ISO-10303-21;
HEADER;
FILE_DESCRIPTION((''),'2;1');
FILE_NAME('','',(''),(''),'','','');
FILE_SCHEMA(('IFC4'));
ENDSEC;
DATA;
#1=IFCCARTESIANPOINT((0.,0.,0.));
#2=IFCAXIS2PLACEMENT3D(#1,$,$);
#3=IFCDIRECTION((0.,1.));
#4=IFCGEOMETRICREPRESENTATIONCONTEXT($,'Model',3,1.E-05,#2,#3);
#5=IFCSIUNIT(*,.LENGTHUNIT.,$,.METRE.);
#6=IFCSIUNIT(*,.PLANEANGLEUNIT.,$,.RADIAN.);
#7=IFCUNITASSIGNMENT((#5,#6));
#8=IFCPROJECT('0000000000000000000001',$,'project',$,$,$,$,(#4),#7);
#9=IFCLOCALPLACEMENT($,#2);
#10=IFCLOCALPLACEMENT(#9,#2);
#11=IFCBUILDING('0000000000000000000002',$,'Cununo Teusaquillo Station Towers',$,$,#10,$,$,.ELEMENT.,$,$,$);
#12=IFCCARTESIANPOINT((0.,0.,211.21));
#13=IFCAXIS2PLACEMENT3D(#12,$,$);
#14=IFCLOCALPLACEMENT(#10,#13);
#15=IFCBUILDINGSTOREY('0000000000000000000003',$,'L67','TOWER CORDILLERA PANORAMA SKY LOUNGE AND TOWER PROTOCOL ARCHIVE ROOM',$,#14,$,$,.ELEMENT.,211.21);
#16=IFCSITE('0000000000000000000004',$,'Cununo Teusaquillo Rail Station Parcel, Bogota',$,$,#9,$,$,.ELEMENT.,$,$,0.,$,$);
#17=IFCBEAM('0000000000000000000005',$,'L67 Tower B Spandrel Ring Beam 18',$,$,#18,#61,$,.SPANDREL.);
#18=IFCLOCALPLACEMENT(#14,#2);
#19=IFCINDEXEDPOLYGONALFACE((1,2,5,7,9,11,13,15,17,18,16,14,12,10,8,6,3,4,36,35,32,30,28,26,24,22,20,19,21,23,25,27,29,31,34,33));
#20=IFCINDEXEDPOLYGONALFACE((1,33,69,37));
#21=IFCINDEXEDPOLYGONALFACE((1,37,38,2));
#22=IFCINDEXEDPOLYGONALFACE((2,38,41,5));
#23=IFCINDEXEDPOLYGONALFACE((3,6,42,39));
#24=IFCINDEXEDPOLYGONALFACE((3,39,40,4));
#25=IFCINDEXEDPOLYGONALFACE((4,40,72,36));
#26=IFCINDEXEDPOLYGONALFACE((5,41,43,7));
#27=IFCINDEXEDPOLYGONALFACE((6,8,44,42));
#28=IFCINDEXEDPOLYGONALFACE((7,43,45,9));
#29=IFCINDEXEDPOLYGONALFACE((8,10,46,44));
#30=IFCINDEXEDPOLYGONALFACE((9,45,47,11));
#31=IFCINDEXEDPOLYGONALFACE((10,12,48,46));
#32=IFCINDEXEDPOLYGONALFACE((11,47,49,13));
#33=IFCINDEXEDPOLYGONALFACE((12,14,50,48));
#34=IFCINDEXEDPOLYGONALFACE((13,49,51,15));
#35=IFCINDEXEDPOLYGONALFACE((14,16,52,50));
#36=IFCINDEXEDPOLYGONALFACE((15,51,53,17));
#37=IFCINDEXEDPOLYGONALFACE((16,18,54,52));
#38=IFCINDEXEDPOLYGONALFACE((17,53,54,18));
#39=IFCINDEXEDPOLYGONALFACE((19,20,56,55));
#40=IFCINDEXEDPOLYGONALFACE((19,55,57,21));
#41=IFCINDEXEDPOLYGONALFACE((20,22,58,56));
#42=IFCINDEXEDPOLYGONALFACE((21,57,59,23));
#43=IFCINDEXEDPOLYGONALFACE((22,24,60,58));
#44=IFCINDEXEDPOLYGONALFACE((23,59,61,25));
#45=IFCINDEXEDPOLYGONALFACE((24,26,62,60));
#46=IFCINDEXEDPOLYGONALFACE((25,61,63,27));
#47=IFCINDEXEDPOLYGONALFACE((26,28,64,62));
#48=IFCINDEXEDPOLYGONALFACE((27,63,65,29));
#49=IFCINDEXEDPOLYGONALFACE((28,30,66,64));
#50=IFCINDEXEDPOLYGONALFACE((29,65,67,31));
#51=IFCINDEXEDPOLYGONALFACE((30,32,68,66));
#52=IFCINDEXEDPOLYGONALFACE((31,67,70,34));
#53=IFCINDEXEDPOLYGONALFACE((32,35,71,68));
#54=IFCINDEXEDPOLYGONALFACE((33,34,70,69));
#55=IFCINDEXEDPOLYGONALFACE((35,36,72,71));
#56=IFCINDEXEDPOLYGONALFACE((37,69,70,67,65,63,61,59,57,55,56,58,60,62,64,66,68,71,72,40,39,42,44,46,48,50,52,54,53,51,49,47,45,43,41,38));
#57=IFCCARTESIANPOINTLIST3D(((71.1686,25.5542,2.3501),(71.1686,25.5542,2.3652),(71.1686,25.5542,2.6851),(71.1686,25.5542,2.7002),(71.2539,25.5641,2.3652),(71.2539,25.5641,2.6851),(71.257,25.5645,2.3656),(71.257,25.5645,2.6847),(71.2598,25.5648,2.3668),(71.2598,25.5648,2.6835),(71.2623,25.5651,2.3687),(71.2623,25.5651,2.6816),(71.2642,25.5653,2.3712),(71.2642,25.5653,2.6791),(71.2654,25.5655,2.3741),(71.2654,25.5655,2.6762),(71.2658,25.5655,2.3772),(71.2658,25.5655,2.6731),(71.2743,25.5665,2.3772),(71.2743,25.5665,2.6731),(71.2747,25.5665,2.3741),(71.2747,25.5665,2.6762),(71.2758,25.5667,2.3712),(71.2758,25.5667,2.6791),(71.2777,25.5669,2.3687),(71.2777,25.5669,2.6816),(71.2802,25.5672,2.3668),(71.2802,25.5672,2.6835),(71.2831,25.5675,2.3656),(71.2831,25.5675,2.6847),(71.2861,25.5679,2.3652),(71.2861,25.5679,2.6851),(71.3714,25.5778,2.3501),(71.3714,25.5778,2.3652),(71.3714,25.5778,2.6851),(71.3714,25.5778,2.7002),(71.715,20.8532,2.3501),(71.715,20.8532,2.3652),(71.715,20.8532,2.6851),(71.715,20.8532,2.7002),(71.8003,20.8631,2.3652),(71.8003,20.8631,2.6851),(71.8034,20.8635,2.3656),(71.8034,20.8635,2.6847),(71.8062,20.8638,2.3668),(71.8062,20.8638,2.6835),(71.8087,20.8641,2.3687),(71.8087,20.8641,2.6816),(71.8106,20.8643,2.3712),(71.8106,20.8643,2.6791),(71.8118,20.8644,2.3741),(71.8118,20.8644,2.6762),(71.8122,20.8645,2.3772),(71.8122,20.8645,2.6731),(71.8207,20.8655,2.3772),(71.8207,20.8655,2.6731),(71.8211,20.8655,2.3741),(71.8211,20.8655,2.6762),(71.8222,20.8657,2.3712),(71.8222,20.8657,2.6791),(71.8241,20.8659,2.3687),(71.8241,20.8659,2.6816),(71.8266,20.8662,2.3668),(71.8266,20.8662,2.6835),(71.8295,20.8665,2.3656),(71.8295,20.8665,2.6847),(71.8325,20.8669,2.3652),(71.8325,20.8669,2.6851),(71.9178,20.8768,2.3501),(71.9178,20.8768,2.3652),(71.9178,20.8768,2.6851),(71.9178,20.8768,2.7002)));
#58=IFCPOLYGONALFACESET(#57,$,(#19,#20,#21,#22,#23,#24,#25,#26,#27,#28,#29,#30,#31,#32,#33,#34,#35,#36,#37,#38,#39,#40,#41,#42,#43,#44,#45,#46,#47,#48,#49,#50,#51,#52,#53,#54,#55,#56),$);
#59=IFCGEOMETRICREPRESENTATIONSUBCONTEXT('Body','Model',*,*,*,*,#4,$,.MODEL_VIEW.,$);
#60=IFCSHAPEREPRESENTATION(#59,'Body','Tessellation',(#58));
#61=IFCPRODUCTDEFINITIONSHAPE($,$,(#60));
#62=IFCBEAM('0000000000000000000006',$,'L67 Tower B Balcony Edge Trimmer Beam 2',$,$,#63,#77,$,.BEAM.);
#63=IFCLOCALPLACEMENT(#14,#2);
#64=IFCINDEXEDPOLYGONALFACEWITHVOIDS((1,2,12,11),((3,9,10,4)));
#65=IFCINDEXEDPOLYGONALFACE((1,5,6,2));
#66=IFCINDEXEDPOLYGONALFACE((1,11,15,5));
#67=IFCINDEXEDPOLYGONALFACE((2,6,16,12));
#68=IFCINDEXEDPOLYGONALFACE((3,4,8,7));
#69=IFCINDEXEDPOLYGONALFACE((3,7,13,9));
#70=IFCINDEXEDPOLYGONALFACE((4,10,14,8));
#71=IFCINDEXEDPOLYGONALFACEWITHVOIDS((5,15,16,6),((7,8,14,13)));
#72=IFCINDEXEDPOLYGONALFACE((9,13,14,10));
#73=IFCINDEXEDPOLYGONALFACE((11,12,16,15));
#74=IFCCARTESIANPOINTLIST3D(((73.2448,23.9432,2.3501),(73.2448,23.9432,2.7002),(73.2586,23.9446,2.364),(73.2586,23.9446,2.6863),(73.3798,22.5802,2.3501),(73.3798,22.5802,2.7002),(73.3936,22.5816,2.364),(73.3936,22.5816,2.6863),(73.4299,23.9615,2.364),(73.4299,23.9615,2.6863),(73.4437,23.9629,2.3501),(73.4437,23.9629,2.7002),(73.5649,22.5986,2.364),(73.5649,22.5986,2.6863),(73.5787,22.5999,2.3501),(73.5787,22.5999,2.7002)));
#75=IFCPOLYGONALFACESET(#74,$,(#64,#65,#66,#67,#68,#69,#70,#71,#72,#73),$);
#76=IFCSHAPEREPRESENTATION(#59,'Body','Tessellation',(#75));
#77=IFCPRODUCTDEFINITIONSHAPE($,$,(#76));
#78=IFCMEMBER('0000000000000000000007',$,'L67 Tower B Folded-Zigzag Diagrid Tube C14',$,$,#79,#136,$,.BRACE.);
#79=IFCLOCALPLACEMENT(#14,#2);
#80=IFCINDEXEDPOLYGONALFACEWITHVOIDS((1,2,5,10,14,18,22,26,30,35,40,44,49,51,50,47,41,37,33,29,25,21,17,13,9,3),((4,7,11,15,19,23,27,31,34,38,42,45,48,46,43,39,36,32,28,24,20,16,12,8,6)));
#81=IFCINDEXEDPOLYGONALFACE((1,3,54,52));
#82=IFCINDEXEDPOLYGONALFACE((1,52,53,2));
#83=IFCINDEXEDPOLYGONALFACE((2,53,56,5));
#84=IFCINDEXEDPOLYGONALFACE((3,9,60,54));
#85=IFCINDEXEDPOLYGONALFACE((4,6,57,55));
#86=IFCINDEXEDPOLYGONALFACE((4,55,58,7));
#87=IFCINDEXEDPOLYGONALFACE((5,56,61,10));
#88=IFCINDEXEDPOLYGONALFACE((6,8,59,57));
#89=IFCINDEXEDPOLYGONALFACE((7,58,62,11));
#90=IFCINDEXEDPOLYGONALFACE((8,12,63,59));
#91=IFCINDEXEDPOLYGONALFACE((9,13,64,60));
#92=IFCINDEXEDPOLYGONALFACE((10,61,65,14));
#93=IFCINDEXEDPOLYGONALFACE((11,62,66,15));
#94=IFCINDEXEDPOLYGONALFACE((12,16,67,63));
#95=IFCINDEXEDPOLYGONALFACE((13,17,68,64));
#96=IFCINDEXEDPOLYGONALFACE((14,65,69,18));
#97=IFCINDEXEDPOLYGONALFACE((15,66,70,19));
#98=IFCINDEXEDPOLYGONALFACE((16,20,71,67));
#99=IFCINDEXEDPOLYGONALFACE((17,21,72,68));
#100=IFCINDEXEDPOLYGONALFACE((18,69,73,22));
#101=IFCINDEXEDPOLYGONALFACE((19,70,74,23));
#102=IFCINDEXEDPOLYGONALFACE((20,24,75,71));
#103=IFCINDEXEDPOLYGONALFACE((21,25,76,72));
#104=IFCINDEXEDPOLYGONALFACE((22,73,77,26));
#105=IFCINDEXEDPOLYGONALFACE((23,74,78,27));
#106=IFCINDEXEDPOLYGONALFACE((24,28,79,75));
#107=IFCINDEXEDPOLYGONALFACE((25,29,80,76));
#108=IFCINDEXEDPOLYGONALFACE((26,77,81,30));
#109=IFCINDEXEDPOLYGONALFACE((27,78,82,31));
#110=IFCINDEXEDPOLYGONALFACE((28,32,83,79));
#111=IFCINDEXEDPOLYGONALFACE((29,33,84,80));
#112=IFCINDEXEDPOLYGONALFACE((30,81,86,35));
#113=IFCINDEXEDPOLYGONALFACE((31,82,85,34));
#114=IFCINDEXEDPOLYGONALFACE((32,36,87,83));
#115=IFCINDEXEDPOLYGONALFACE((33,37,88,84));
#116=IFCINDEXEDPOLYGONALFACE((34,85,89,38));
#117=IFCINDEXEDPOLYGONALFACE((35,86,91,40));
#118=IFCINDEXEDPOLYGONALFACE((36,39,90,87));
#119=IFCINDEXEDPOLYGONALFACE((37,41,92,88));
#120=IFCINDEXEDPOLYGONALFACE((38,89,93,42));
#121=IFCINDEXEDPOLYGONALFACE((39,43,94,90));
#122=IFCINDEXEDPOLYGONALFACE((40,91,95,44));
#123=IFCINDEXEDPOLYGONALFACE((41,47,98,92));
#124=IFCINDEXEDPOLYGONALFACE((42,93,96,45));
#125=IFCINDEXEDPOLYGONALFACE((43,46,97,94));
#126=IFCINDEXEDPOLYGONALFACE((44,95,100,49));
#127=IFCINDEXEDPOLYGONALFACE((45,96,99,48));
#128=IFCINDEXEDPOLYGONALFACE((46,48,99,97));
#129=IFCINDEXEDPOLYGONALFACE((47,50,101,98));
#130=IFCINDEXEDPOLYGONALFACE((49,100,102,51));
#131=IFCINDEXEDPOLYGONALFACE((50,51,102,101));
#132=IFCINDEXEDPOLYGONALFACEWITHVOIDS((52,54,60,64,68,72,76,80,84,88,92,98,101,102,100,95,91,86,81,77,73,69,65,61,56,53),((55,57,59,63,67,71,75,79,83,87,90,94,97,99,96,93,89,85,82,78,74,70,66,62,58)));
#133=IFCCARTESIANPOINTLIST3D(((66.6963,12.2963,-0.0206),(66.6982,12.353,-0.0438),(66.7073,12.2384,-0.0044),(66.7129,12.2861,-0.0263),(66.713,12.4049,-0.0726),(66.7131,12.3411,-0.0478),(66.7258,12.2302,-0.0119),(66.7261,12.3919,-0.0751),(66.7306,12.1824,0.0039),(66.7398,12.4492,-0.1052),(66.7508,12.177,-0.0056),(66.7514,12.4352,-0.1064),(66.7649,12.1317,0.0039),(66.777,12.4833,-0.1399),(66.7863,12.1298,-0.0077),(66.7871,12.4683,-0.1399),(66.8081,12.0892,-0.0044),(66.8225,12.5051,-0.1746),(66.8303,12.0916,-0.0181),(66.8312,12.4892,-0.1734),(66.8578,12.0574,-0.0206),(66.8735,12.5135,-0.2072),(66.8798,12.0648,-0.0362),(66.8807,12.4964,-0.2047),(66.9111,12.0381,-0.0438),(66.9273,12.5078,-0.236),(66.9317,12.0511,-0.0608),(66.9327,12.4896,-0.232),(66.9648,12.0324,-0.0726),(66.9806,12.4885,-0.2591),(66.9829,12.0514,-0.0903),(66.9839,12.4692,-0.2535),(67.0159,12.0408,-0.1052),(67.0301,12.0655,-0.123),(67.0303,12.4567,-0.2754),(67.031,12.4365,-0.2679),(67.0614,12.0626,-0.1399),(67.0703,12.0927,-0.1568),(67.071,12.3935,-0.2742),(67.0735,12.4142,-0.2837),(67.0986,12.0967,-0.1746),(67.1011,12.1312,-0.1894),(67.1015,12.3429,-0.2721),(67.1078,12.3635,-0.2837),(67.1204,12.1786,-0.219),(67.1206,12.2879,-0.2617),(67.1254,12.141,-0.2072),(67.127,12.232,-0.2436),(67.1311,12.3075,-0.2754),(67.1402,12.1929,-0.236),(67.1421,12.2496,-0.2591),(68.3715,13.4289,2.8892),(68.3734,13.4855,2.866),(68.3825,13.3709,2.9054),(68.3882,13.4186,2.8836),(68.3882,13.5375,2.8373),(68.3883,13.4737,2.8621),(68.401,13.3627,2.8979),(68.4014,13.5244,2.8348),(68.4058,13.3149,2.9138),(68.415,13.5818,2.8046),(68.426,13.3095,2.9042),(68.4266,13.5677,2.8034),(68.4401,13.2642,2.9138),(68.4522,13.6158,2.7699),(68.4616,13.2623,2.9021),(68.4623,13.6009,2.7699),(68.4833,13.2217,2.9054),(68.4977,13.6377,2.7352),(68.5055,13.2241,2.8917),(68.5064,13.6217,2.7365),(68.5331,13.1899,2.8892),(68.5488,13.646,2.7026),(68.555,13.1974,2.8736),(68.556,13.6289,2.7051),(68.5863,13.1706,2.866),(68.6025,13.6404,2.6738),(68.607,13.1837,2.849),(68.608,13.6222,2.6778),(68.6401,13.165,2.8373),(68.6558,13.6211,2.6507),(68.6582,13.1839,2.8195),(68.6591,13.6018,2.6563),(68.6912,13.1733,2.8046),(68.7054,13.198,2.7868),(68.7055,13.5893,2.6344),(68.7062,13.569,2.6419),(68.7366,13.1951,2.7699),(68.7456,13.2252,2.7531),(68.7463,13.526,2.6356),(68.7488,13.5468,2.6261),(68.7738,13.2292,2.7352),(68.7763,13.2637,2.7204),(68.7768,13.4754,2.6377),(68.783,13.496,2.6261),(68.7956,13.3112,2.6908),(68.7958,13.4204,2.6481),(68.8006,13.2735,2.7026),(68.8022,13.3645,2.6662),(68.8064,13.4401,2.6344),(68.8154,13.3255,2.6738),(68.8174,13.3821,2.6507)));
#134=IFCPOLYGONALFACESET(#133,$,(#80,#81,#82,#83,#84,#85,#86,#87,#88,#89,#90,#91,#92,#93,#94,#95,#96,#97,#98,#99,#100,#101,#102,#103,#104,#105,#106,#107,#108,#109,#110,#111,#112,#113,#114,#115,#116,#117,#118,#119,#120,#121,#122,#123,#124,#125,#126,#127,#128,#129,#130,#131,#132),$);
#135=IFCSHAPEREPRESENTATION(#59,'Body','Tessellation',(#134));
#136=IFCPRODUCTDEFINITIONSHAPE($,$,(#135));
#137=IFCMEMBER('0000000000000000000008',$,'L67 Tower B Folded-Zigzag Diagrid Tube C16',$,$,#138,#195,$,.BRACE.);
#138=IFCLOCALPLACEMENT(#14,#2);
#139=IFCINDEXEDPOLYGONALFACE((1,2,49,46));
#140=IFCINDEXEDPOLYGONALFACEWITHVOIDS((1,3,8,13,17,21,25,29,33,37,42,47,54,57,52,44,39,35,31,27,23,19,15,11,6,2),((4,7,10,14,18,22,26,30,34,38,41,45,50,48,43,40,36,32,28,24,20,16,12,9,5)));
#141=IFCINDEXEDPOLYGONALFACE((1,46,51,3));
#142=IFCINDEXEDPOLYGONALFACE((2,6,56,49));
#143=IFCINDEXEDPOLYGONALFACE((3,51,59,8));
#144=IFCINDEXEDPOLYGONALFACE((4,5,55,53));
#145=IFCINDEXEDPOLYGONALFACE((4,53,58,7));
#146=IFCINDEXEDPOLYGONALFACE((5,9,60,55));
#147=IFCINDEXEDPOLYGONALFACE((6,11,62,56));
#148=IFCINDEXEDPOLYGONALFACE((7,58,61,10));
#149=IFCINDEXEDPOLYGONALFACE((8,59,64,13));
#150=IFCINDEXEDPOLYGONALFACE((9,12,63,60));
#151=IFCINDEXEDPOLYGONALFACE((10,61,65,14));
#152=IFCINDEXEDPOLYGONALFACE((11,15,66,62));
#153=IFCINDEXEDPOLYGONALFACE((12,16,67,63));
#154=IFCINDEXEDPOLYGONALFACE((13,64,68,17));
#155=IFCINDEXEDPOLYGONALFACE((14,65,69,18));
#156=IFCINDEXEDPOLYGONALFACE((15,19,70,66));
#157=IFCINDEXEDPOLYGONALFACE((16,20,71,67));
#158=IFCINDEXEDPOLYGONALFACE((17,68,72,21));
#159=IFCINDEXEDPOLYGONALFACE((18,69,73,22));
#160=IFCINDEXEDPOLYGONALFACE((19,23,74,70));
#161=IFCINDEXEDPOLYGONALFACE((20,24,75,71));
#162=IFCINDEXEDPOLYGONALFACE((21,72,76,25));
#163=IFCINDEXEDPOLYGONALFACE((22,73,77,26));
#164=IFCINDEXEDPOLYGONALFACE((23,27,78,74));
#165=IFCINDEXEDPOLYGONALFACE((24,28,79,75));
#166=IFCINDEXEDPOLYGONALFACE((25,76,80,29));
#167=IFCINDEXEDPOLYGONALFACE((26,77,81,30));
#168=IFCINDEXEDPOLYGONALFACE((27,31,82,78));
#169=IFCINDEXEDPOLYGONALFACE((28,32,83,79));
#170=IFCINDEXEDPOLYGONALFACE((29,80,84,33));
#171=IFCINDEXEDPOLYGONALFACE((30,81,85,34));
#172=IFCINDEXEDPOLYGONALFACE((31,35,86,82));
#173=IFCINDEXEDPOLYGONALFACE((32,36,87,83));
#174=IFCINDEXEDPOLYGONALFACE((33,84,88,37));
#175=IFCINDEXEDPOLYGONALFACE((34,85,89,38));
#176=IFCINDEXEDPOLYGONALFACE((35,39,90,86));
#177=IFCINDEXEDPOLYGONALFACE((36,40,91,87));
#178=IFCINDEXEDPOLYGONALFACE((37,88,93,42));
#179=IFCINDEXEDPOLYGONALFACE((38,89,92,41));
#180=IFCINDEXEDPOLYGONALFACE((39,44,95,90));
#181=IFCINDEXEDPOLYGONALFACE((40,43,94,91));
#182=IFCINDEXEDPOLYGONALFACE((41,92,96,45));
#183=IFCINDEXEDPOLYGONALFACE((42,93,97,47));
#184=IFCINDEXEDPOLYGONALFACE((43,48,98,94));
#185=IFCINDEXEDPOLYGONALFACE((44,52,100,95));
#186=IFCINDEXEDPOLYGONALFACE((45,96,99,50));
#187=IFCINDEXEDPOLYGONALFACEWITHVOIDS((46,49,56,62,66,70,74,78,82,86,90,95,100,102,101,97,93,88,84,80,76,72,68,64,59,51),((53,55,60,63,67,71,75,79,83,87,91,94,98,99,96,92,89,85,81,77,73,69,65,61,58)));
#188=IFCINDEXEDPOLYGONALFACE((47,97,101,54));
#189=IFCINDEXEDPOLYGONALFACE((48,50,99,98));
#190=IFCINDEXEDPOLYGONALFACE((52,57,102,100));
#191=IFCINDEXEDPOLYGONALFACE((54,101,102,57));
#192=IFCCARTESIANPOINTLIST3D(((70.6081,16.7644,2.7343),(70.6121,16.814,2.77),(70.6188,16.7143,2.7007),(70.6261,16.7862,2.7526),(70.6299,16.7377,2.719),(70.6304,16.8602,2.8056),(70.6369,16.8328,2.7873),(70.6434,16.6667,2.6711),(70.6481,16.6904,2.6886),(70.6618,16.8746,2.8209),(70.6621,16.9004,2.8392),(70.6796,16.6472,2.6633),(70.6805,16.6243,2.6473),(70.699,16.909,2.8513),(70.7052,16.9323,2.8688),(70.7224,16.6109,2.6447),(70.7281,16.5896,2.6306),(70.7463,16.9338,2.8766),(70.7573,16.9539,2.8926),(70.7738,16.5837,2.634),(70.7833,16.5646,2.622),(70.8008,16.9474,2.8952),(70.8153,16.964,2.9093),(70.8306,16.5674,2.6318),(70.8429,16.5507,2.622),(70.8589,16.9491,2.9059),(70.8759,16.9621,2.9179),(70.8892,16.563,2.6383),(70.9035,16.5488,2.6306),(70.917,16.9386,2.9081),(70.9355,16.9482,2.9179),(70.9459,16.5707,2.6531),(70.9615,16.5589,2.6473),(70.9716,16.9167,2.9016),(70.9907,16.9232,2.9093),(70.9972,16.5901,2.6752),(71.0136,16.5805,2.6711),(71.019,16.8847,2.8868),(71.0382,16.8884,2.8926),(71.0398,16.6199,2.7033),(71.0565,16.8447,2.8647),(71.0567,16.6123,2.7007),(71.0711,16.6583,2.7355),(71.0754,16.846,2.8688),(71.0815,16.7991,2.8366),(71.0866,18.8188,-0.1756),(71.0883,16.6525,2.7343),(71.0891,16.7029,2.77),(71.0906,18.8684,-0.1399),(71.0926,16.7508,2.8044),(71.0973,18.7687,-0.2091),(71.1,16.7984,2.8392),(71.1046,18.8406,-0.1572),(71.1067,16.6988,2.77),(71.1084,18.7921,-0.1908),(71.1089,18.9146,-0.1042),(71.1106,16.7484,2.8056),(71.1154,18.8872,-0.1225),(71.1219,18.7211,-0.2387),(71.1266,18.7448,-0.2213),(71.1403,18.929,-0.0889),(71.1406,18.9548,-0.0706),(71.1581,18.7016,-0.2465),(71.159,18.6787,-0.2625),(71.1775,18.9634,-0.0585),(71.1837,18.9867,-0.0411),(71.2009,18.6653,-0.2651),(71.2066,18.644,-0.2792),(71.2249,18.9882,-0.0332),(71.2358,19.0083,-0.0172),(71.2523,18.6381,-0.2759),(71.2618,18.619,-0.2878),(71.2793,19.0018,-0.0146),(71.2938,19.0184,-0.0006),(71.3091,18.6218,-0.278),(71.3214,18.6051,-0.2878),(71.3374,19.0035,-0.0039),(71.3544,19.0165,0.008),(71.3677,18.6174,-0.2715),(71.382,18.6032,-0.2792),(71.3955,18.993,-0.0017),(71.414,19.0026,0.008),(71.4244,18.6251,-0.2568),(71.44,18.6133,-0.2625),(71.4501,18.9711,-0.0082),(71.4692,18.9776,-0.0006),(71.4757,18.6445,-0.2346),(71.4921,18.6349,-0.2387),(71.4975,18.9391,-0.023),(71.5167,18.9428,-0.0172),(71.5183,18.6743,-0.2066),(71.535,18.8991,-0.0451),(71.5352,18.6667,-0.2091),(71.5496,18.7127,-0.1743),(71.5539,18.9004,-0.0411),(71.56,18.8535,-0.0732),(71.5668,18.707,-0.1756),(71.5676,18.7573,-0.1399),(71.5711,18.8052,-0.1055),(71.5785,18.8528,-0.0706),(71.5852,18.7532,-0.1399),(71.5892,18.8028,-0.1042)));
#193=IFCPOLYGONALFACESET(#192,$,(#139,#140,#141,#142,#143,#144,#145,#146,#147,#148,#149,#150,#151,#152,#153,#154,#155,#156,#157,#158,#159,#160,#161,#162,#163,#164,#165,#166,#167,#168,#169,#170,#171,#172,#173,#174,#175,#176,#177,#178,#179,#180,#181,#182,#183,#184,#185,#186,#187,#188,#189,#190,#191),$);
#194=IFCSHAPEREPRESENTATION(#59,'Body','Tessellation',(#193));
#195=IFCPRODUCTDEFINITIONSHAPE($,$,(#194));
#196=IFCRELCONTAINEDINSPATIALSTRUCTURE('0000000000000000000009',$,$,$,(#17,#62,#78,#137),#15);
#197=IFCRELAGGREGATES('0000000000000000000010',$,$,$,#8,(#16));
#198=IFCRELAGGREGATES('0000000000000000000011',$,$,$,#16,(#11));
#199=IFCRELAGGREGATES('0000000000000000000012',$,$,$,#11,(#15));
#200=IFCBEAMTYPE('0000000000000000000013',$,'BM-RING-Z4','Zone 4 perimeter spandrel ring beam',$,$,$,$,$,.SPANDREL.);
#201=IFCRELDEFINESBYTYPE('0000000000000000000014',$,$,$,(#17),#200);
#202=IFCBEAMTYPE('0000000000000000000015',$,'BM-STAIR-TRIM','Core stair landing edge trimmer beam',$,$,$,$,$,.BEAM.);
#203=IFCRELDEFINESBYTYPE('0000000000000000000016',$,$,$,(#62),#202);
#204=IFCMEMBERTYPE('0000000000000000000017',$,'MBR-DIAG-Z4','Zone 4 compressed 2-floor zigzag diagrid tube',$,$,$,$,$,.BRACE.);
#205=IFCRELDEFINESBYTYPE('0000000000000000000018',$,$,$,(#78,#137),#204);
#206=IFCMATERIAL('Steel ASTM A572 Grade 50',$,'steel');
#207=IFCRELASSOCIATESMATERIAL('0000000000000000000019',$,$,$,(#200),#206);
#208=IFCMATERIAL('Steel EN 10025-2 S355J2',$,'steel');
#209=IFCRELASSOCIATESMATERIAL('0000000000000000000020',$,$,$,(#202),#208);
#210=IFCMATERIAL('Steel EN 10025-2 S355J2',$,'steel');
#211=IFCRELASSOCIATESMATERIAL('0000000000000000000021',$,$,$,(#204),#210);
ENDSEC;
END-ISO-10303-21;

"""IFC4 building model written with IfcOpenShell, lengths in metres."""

from ifc_helpers import new_model, si_unit, direction, frame, origin, origin_2d, place, context, subcontext, project, spatial, hollow_rectangle, hollow_circle, i_section, extrude, material, material_profile, profile_set, type_object, element, save


model = new_model("IFC4")

# Units and contexts
model_context = context("Model", 3, precision=1e-05, world=origin(), true_north=direction((0.0, 1.0)))
body_context = subcontext(model_context, "Body", "Model", "MODEL_VIEW")
ifc_project = project(units=[si_unit("LENGTHUNIT", "METRE"), si_unit("PLANEANGLEUNIT", "RADIAN")], contexts=[model_context])

# Site, building, storey
site_placement = place(None, origin())
site = spatial("IfcSite", under=ifc_project, at=site_placement, Name="Cununo Teusaquillo Rail Station Parcel, Bogota", CompositionType="ELEMENT", RefElevation=0.0)
building_placement = place(site_placement, origin())
building = spatial("IfcBuilding", under=site, at=building_placement, Name="Cununo Teusaquillo Station Towers", CompositionType="ELEMENT")
storey_placement = place(building_placement, frame((0.0, 0.0, 211.21)))
storey = spatial("IfcBuildingStorey", under=building, at=storey_placement, Name="L67", Description="TOWER CORDILLERA PANORAMA SKY LOUNGE AND TOWER PROTOCOL ARCHIVE ROOM", CompositionType="ELEMENT", Elevation=211.21)

# Beams
ifc_material_1 = material(Name="Steel ASTM A572 Grade 50", Category="steel")
ifc_material_profile_1 = material_profile(ifc_material_1, i_section(OverallWidth=0.2041, OverallDepth=0.3501, WebThickness=0.0085, FlangeThickness=0.0151, FilletRadius=0.012, at=origin_2d()), Name="W14X48")
ifc_profile_set_1 = profile_set([ifc_material_profile_1], Name="Steel ASTM A572 Grade 50")
beam_type_1 = type_object("IfcBeamType", Name="BM-RING-Z4", Description="Zone 4 perimeter spandrel ring beam", PredefinedType="SPANDREL", material=ifc_profile_set_1)
beam_1_placement = place(storey_placement, frame((71.8164, 20.865, 2.5251), z_axis=(-0.115452, 0.993313, 0.0), x_axis=(-0.993313, -0.115452, 0.0)))
element("IfcBeam", 1, at=beam_1_placement, inside=storey, type_object=beam_type_1, Name="L67 Tower B Spandrel Ring Beam 18", PredefinedType="SPANDREL", context=body_context, shape_type="SweptSolid", body=[
    extrude(i_section(OverallWidth=0.2041, OverallDepth=0.3501, WebThickness=0.0085, FlangeThickness=0.0151, FilletRadius=0.012, at=origin_2d()), origin(), (0.0, 0.0, 1.0), 4.7327),
])
ifc_material_2 = material(Name="Steel EN 10025-2 S355J2", Category="steel")
ifc_material_profile_2 = material_profile(ifc_material_2, hollow_rectangle(XDim=0.2, YDim=0.3501, WallThickness=0.0139, at=origin_2d()), Name="RHS 350x200x14")
ifc_profile_set_2 = profile_set([ifc_material_profile_2], Name="Steel EN 10025-2 S355J2")
beam_type_2 = type_object("IfcBeamType", Name="BM-STAIR-TRIM", Description="Core stair landing edge trimmer beam", PredefinedType="BEAM", material=ifc_profile_set_2)
beam_2_placement = place(storey_placement, frame((73.4792, 22.5901, 2.5251), z_axis=(-0.098568, 0.99513, 0.0), x_axis=(-0.99513, -0.098568, 0.0)))
element("IfcBeam", 2, at=beam_2_placement, inside=storey, type_object=beam_type_2, Name="L67 Tower B Balcony Edge Trimmer Beam 2", PredefinedType="BEAM", context=body_context, shape_type="SweptSolid", body=[
    extrude(hollow_rectangle(XDim=0.2, YDim=0.3501, WallThickness=0.0139, at=origin_2d()), origin(), (0.0, 0.0, 1.0), 1.3696),
])

# Members
ifc_material_3 = material(Name="Steel EN 10025-2 S355J2", Category="steel")
ifc_material_profile_3 = material_profile(ifc_material_3, hollow_circle(Radius=0.2539, WallThickness=0.0181, at=origin_2d()), Name="CHS 508x18")
ifc_profile_set_3 = profile_set([ifc_material_profile_3], Name="Steel EN 10025-2 S355J2")
member_type = type_object("IfcMemberType", Name="MBR-DIAG-Z4", Description="Zone 4 compressed 2-floor zigzag diagrid tube", PredefinedType="BRACE", material=ifc_profile_set_3)
member_1_placement = place(storey_placement, frame((66.9192, 12.2729, -0.1399), z_axis=(0.472769, 0.319612, 0.82118), x_axis=(-0.560066, 0.828448, 0.0)))
element("IfcMember", 3, at=member_1_placement, inside=storey, type_object=member_type, Name="L67 Tower B Folded-Zigzag Diagrid Tube C14", PredefinedType="BRACE", context=body_context, shape_type="SweptSolid", body=[
    extrude(hollow_circle(Radius=0.2539, WallThickness=0.0181, at=origin_2d()), origin(), (0.0, 0.0, 1.0), 3.5435),
])
member_2_placement = place(storey_placement, frame((71.3379, 18.8108, -0.1399), z_axis=(-0.133141, -0.571621, 0.809644), x_axis=(0.973931, -0.226845, 0.0)))
element("IfcMember", 4, at=member_2_placement, inside=storey, type_object=member_type, Name="L67 Tower B Folded-Zigzag Diagrid Tube C16", PredefinedType="BRACE", context=body_context, shape_type="SweptSolid", body=[
    extrude(hollow_circle(Radius=0.2539, WallThickness=0.0181, at=origin_2d()), origin(), (0.0, 0.0, 1.0), 3.594),
])

save(model, "model.ifc")
